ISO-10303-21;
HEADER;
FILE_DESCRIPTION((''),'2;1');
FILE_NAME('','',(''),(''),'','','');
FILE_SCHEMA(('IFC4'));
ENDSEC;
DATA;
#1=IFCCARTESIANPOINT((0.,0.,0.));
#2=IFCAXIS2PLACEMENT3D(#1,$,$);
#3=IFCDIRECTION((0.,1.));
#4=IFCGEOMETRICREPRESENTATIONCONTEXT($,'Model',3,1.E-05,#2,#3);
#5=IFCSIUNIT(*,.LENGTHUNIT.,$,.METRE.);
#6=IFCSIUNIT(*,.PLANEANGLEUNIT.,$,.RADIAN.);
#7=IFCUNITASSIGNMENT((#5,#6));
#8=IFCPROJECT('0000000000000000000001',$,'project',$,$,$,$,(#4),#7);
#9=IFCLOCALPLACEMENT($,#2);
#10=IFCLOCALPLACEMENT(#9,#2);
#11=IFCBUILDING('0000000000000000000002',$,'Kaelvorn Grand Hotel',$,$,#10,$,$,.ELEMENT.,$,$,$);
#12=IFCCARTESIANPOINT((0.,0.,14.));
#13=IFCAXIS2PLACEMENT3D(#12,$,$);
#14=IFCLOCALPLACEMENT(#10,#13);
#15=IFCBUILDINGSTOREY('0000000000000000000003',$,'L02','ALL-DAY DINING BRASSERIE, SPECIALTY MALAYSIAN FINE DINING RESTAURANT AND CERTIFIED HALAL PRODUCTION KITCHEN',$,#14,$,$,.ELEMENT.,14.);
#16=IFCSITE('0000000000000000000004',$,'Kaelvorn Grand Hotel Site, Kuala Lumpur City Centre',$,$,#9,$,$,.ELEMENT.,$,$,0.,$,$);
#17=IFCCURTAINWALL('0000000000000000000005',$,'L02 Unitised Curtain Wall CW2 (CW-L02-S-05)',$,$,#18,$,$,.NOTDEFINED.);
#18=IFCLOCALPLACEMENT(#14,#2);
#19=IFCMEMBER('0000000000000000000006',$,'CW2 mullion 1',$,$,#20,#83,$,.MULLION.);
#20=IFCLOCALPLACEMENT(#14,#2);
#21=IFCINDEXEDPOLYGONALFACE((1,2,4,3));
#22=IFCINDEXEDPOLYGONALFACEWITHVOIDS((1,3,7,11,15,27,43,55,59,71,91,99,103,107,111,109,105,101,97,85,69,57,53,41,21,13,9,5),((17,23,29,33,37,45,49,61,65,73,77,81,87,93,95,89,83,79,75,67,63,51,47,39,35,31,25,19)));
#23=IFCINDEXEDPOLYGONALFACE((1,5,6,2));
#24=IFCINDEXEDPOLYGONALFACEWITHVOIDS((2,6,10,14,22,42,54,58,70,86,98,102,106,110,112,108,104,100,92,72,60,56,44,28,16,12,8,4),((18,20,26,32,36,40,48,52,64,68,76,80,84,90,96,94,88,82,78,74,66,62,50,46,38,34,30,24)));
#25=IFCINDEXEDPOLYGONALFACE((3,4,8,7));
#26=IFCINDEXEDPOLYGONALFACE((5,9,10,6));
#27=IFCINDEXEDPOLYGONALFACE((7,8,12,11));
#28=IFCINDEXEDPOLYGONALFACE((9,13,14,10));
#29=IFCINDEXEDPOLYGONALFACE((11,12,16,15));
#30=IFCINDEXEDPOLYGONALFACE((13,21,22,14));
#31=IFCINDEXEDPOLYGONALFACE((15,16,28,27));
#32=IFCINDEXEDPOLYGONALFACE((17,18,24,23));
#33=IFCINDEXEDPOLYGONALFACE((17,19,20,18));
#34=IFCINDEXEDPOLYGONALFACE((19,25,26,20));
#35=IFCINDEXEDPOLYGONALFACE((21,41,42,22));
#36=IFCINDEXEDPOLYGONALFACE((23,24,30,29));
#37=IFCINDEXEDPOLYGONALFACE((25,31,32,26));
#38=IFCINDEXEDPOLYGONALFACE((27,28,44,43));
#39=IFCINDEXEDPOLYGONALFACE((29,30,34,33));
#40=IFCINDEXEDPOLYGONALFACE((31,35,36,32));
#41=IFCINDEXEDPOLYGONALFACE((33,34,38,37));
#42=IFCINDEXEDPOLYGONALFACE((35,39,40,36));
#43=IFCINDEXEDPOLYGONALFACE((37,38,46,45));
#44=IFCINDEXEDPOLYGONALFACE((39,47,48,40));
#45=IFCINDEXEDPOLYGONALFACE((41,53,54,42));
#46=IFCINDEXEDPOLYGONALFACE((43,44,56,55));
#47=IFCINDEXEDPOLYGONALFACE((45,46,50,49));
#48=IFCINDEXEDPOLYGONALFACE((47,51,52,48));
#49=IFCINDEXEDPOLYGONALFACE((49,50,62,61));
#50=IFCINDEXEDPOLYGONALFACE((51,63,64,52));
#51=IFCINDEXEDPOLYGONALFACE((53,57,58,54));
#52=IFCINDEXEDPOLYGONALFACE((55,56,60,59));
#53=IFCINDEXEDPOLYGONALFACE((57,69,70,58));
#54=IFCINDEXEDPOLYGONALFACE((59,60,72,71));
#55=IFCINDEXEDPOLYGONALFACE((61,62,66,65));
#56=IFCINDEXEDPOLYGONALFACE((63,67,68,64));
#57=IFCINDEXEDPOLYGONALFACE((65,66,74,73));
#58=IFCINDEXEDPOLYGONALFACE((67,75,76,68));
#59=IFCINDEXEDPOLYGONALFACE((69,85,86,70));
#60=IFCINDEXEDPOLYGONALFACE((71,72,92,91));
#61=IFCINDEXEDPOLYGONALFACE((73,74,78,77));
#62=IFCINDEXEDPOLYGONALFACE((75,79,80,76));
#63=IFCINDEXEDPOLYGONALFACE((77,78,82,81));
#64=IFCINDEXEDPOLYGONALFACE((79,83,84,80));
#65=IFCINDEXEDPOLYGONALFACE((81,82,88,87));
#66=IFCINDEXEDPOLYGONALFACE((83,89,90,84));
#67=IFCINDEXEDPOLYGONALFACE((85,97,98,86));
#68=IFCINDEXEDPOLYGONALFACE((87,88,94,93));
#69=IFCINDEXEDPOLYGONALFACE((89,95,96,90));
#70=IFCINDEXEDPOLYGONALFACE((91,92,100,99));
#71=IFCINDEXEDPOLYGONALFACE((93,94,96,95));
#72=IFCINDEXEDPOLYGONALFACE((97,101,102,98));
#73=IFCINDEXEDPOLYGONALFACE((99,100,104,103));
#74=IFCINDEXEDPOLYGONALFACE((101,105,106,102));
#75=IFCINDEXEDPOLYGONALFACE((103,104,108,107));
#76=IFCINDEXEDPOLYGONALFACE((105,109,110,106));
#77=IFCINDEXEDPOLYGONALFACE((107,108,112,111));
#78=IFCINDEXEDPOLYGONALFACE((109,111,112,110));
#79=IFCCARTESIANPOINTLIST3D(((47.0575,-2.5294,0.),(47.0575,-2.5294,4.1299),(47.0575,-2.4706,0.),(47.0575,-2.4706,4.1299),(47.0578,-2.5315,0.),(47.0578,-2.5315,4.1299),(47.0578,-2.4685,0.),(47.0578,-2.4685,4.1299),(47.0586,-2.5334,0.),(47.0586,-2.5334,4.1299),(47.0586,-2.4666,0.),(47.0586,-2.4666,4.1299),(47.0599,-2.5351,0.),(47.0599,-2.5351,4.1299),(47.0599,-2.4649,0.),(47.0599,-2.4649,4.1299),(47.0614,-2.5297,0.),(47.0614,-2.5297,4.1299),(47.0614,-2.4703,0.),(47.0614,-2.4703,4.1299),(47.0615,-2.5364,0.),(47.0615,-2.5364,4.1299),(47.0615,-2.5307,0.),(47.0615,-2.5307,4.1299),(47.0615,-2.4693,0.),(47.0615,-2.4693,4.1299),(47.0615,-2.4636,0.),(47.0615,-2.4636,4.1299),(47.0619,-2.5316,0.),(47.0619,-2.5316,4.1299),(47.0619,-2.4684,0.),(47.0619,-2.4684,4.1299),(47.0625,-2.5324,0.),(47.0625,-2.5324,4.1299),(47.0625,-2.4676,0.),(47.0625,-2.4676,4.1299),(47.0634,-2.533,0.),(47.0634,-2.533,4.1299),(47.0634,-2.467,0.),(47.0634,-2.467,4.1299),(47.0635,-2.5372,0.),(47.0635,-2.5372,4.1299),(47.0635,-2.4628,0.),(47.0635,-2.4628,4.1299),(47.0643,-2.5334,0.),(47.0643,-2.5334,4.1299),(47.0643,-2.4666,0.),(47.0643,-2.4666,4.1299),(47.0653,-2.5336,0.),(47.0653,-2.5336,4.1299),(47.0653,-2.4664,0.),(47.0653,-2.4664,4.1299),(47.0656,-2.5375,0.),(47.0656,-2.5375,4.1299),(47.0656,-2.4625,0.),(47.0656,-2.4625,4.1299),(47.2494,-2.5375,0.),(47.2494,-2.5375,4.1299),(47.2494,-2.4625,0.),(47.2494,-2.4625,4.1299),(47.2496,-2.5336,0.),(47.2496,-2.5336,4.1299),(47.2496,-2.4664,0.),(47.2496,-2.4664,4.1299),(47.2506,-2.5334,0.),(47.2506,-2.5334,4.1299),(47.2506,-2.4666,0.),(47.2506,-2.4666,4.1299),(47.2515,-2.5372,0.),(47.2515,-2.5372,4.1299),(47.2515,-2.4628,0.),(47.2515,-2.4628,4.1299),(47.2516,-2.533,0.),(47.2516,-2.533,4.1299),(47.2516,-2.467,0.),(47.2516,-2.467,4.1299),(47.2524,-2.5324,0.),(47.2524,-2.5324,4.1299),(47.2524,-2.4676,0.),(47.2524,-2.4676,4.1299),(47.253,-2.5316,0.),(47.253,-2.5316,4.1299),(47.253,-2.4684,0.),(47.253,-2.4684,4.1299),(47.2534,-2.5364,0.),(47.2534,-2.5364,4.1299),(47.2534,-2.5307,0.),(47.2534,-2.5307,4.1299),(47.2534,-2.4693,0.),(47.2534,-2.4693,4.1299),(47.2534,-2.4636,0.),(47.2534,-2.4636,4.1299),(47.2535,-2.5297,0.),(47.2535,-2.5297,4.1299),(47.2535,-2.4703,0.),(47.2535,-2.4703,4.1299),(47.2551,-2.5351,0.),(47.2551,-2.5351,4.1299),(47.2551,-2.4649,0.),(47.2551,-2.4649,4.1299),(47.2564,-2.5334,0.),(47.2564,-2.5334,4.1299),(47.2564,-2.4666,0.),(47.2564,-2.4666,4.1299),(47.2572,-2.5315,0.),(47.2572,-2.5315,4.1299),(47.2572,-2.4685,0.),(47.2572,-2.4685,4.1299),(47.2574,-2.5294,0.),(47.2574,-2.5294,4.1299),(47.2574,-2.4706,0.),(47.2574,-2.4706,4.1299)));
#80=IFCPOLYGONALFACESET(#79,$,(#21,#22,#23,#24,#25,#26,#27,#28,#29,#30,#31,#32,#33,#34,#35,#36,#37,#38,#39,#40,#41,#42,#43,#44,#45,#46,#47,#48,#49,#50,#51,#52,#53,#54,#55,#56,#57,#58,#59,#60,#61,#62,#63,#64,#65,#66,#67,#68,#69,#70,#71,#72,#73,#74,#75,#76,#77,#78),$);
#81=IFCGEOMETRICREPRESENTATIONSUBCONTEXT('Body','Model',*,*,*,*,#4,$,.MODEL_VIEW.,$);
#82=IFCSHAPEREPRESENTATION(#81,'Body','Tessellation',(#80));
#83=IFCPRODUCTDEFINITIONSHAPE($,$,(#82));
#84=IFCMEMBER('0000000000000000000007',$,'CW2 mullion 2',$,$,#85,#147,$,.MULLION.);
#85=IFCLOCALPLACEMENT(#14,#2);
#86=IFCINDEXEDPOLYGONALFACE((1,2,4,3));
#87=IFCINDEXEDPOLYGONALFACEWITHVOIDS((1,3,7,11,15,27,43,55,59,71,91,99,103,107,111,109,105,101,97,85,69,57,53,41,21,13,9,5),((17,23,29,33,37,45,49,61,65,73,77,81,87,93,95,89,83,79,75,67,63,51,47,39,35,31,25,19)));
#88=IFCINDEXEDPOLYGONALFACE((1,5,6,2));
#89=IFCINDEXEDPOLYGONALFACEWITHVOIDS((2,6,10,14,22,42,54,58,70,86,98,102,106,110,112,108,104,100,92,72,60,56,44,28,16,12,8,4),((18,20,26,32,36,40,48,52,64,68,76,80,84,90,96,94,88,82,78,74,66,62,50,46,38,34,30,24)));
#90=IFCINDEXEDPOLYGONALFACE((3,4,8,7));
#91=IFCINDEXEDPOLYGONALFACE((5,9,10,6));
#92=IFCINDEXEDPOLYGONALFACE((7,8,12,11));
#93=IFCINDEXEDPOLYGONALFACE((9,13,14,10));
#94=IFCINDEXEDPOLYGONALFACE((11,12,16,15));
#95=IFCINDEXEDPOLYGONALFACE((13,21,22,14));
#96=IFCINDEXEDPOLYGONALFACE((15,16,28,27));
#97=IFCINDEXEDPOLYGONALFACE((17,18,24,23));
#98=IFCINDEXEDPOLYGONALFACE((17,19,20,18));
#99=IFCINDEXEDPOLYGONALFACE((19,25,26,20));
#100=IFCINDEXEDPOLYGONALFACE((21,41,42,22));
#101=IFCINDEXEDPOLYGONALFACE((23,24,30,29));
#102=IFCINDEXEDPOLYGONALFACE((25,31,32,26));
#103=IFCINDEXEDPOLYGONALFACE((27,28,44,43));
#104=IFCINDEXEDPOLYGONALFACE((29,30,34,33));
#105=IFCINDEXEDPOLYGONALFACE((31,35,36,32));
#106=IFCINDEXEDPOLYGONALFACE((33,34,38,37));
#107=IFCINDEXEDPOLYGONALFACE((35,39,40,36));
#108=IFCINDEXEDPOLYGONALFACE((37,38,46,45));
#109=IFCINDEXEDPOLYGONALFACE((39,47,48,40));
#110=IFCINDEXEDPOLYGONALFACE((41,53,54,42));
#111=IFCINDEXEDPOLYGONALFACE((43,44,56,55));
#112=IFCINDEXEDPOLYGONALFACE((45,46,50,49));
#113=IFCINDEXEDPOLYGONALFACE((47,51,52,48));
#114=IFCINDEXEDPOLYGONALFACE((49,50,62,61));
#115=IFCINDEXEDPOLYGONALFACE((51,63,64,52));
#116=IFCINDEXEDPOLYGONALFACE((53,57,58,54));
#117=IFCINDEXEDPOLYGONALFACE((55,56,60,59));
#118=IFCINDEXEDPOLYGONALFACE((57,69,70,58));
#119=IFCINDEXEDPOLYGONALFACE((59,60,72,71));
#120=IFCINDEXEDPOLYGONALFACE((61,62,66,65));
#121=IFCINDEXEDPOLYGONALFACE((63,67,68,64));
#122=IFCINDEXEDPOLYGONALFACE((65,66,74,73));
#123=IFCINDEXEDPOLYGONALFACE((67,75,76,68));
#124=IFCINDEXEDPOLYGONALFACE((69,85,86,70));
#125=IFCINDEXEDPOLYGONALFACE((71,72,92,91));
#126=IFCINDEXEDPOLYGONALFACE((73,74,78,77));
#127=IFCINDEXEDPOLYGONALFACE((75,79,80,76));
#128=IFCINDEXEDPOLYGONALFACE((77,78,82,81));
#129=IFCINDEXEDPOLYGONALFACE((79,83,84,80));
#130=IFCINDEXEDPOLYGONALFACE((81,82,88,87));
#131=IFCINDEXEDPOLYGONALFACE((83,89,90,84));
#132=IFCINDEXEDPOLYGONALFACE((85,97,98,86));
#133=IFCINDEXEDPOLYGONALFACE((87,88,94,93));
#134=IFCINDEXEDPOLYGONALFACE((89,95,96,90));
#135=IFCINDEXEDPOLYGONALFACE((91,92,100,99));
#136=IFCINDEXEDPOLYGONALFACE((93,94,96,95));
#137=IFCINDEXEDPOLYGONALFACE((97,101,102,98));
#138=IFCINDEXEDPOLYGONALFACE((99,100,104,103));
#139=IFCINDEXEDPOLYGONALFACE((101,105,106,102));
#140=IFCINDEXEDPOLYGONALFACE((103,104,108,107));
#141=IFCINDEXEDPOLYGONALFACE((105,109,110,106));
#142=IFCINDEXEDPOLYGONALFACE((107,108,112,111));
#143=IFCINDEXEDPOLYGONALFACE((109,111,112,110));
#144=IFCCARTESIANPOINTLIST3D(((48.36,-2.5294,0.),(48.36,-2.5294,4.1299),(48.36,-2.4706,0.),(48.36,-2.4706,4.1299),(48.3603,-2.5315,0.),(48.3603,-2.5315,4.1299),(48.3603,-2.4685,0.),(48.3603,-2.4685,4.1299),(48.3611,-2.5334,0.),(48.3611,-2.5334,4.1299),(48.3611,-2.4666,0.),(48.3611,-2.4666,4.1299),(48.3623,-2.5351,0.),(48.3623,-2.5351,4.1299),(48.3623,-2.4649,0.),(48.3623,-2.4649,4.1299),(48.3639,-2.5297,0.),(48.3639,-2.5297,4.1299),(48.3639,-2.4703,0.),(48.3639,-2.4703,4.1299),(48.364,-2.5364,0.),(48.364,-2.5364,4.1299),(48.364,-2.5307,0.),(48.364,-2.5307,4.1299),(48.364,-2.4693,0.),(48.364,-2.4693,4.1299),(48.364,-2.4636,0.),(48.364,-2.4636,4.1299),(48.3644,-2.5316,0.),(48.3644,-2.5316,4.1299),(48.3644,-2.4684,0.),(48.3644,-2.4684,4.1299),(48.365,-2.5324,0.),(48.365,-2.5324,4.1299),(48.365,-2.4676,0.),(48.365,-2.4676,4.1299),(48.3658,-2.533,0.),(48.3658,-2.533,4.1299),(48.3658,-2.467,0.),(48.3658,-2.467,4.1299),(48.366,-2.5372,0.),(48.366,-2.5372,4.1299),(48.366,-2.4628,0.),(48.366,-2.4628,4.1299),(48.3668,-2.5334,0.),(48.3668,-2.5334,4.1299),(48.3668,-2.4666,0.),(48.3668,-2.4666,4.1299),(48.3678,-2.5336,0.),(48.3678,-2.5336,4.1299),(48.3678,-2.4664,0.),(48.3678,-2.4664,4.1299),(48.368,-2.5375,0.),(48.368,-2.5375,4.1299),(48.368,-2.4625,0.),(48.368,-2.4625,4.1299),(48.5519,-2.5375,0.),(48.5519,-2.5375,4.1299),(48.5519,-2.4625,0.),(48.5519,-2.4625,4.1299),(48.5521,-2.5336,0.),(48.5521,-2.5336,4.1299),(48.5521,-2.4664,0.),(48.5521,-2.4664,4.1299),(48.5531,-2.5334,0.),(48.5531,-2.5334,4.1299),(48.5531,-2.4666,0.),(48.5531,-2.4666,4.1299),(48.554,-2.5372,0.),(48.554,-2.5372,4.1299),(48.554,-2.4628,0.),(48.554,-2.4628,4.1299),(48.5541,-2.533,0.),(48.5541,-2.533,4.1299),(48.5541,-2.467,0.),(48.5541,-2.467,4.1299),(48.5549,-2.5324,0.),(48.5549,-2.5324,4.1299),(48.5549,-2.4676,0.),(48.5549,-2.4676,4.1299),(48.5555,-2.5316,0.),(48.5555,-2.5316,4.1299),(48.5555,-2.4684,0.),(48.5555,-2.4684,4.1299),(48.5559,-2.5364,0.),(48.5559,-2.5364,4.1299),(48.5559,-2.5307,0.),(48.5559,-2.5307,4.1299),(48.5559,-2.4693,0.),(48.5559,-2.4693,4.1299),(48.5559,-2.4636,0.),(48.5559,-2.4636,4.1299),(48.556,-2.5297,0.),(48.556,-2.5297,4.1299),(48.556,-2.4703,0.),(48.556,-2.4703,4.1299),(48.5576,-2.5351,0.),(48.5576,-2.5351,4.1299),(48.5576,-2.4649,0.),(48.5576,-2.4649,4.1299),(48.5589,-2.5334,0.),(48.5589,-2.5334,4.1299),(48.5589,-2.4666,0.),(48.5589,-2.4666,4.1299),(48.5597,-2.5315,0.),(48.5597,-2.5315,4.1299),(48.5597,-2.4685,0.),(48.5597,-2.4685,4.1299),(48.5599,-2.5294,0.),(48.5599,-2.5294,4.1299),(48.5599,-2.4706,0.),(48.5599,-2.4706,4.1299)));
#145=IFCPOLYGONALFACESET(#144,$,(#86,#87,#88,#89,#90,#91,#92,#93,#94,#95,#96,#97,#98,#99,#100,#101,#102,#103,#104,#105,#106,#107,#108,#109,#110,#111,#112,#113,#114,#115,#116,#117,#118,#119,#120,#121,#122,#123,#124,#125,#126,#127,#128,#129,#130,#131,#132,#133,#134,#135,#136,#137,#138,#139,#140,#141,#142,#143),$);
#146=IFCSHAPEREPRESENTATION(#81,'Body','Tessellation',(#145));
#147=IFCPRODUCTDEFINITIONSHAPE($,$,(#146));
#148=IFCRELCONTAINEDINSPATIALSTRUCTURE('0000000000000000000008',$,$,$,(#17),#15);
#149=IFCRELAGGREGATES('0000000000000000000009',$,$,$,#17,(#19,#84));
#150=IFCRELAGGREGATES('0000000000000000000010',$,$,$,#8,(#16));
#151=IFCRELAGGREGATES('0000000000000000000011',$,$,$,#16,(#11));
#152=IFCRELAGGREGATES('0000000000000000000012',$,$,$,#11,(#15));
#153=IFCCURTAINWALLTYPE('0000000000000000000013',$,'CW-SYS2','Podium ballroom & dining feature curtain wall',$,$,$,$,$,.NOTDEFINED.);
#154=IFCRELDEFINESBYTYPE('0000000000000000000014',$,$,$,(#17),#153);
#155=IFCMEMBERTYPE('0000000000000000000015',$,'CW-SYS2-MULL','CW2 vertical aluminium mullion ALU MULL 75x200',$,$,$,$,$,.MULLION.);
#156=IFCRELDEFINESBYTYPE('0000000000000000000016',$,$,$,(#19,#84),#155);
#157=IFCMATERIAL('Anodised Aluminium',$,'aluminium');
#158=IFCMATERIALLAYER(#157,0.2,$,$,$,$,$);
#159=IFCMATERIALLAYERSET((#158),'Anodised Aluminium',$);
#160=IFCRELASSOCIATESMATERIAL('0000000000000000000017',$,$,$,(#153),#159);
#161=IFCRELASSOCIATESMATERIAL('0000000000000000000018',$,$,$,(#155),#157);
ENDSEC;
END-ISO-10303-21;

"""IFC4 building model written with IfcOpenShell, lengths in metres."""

from ifc_helpers import new_model, si_unit, direction, frame, origin, origin_2d, place, context, subcontext, project, spatial, hollow_rectangle, extrude, material, layer, layer_set, material_profile, profile_set, type_object, element, aggregate, save


model = new_model("IFC4")

# Units and contexts
model_context = context("Model", 3, precision=1e-05, world=origin(), true_north=direction((0.0, 1.0)))
body_context = subcontext(model_context, "Body", "Model", "MODEL_VIEW")
ifc_project = project(units=[si_unit("LENGTHUNIT", "METRE"), si_unit("PLANEANGLEUNIT", "RADIAN")], contexts=[model_context])

# Site, building, storey
site_placement = place(None, origin())
site = spatial("IfcSite", under=ifc_project, at=site_placement, Name="Kaelvorn Grand Hotel Site, Kuala Lumpur City Centre", CompositionType="ELEMENT", RefElevation=0.0)
building_placement = place(site_placement, origin())
building = spatial("IfcBuilding", under=site, at=building_placement, Name="Kaelvorn Grand Hotel", CompositionType="ELEMENT")
storey_placement = place(building_placement, frame((0.0, 0.0, 14.0)))
storey = spatial("IfcBuildingStorey", under=building, at=storey_placement, Name="L02", Description="ALL-DAY DINING BRASSERIE, SPECIALTY MALAYSIAN FINE DINING RESTAURANT AND CERTIFIED HALAL PRODUCTION KITCHEN", CompositionType="ELEMENT", Elevation=14.0)

# Curtain wall, members
ifc_material_1 = material(Name="Anodised Aluminium", Category="aluminium")
ifc_layer_1 = layer(ifc_material_1, 0.2)
ifc_layer_set_1 = layer_set([ifc_layer_1], Name="Anodised Aluminium")
curtain_wall_type = type_object("IfcCurtainWallType", Name="CW-SYS2", Description="Podium ballroom & dining feature curtain wall", PredefinedType="NOTDEFINED", material=ifc_layer_set_1)
ifc_material_profile_1 = material_profile(ifc_material_1, hollow_rectangle(XDim=0.075, YDim=0.2, WallThickness=0.0039, InnerFilletRadius=0.0039, OuterFilletRadius=0.0081, at=origin_2d()), Name="ALU MULL 75x200")
ifc_profile_set_1 = profile_set([ifc_material_profile_1], Name="Anodised Aluminium")
member_type_1 = type_object("IfcMemberType", Name="CW-SYS2-MULL", Description="CW2 vertical aluminium mullion ALU MULL 75x200", PredefinedType="MULLION", material=ifc_profile_set_1)
curtain_wall_1_placement = place(storey_placement, origin())
curtain_wall_1 = element("IfcCurtainWall", 1, at=curtain_wall_1_placement, inside=storey, type_object=curtain_wall_type, Name="L02 Unitised Curtain Wall CW2 (CW-L02-S-05)", PredefinedType="NOTDEFINED")
member_1_placement = place(storey_placement, frame((47.1575, -2.5, 0.0), z_axis=(0.0, 0.0, 1.0), x_axis=(0.0, 1.0, 0.0)))
member_1 = element("IfcMember", 2, at=member_1_placement, type_object=member_type_1, Name="CW2 mullion 1", PredefinedType="MULLION", context=body_context, shape_type="SweptSolid", body=[
    extrude(hollow_rectangle(XDim=0.075, YDim=0.2, WallThickness=0.0039, InnerFilletRadius=0.0039, OuterFilletRadius=0.0081, at=origin_2d()), origin(), (0.0, 0.0, 1.0), 4.1299),
])
member_2_placement = place(storey_placement, frame((48.46, -2.5, 0.0), z_axis=(0.0, 0.0, 1.0), x_axis=(0.0, 1.0, 0.0)))
member_2 = element("IfcMember", 3, at=member_2_placement, type_object=member_type_1, Name="CW2 mullion 2", PredefinedType="MULLION", context=body_context, shape_type="SweptSolid", body=[
    extrude(hollow_rectangle(XDim=0.075, YDim=0.2, WallThickness=0.0039, InnerFilletRadius=0.0039, OuterFilletRadius=0.0081, at=origin_2d()), origin(), (0.0, 0.0, 1.0), 4.1299),
])

aggregate(curtain_wall_1, [member_1, member_2])

save(model, "model.ifc")
